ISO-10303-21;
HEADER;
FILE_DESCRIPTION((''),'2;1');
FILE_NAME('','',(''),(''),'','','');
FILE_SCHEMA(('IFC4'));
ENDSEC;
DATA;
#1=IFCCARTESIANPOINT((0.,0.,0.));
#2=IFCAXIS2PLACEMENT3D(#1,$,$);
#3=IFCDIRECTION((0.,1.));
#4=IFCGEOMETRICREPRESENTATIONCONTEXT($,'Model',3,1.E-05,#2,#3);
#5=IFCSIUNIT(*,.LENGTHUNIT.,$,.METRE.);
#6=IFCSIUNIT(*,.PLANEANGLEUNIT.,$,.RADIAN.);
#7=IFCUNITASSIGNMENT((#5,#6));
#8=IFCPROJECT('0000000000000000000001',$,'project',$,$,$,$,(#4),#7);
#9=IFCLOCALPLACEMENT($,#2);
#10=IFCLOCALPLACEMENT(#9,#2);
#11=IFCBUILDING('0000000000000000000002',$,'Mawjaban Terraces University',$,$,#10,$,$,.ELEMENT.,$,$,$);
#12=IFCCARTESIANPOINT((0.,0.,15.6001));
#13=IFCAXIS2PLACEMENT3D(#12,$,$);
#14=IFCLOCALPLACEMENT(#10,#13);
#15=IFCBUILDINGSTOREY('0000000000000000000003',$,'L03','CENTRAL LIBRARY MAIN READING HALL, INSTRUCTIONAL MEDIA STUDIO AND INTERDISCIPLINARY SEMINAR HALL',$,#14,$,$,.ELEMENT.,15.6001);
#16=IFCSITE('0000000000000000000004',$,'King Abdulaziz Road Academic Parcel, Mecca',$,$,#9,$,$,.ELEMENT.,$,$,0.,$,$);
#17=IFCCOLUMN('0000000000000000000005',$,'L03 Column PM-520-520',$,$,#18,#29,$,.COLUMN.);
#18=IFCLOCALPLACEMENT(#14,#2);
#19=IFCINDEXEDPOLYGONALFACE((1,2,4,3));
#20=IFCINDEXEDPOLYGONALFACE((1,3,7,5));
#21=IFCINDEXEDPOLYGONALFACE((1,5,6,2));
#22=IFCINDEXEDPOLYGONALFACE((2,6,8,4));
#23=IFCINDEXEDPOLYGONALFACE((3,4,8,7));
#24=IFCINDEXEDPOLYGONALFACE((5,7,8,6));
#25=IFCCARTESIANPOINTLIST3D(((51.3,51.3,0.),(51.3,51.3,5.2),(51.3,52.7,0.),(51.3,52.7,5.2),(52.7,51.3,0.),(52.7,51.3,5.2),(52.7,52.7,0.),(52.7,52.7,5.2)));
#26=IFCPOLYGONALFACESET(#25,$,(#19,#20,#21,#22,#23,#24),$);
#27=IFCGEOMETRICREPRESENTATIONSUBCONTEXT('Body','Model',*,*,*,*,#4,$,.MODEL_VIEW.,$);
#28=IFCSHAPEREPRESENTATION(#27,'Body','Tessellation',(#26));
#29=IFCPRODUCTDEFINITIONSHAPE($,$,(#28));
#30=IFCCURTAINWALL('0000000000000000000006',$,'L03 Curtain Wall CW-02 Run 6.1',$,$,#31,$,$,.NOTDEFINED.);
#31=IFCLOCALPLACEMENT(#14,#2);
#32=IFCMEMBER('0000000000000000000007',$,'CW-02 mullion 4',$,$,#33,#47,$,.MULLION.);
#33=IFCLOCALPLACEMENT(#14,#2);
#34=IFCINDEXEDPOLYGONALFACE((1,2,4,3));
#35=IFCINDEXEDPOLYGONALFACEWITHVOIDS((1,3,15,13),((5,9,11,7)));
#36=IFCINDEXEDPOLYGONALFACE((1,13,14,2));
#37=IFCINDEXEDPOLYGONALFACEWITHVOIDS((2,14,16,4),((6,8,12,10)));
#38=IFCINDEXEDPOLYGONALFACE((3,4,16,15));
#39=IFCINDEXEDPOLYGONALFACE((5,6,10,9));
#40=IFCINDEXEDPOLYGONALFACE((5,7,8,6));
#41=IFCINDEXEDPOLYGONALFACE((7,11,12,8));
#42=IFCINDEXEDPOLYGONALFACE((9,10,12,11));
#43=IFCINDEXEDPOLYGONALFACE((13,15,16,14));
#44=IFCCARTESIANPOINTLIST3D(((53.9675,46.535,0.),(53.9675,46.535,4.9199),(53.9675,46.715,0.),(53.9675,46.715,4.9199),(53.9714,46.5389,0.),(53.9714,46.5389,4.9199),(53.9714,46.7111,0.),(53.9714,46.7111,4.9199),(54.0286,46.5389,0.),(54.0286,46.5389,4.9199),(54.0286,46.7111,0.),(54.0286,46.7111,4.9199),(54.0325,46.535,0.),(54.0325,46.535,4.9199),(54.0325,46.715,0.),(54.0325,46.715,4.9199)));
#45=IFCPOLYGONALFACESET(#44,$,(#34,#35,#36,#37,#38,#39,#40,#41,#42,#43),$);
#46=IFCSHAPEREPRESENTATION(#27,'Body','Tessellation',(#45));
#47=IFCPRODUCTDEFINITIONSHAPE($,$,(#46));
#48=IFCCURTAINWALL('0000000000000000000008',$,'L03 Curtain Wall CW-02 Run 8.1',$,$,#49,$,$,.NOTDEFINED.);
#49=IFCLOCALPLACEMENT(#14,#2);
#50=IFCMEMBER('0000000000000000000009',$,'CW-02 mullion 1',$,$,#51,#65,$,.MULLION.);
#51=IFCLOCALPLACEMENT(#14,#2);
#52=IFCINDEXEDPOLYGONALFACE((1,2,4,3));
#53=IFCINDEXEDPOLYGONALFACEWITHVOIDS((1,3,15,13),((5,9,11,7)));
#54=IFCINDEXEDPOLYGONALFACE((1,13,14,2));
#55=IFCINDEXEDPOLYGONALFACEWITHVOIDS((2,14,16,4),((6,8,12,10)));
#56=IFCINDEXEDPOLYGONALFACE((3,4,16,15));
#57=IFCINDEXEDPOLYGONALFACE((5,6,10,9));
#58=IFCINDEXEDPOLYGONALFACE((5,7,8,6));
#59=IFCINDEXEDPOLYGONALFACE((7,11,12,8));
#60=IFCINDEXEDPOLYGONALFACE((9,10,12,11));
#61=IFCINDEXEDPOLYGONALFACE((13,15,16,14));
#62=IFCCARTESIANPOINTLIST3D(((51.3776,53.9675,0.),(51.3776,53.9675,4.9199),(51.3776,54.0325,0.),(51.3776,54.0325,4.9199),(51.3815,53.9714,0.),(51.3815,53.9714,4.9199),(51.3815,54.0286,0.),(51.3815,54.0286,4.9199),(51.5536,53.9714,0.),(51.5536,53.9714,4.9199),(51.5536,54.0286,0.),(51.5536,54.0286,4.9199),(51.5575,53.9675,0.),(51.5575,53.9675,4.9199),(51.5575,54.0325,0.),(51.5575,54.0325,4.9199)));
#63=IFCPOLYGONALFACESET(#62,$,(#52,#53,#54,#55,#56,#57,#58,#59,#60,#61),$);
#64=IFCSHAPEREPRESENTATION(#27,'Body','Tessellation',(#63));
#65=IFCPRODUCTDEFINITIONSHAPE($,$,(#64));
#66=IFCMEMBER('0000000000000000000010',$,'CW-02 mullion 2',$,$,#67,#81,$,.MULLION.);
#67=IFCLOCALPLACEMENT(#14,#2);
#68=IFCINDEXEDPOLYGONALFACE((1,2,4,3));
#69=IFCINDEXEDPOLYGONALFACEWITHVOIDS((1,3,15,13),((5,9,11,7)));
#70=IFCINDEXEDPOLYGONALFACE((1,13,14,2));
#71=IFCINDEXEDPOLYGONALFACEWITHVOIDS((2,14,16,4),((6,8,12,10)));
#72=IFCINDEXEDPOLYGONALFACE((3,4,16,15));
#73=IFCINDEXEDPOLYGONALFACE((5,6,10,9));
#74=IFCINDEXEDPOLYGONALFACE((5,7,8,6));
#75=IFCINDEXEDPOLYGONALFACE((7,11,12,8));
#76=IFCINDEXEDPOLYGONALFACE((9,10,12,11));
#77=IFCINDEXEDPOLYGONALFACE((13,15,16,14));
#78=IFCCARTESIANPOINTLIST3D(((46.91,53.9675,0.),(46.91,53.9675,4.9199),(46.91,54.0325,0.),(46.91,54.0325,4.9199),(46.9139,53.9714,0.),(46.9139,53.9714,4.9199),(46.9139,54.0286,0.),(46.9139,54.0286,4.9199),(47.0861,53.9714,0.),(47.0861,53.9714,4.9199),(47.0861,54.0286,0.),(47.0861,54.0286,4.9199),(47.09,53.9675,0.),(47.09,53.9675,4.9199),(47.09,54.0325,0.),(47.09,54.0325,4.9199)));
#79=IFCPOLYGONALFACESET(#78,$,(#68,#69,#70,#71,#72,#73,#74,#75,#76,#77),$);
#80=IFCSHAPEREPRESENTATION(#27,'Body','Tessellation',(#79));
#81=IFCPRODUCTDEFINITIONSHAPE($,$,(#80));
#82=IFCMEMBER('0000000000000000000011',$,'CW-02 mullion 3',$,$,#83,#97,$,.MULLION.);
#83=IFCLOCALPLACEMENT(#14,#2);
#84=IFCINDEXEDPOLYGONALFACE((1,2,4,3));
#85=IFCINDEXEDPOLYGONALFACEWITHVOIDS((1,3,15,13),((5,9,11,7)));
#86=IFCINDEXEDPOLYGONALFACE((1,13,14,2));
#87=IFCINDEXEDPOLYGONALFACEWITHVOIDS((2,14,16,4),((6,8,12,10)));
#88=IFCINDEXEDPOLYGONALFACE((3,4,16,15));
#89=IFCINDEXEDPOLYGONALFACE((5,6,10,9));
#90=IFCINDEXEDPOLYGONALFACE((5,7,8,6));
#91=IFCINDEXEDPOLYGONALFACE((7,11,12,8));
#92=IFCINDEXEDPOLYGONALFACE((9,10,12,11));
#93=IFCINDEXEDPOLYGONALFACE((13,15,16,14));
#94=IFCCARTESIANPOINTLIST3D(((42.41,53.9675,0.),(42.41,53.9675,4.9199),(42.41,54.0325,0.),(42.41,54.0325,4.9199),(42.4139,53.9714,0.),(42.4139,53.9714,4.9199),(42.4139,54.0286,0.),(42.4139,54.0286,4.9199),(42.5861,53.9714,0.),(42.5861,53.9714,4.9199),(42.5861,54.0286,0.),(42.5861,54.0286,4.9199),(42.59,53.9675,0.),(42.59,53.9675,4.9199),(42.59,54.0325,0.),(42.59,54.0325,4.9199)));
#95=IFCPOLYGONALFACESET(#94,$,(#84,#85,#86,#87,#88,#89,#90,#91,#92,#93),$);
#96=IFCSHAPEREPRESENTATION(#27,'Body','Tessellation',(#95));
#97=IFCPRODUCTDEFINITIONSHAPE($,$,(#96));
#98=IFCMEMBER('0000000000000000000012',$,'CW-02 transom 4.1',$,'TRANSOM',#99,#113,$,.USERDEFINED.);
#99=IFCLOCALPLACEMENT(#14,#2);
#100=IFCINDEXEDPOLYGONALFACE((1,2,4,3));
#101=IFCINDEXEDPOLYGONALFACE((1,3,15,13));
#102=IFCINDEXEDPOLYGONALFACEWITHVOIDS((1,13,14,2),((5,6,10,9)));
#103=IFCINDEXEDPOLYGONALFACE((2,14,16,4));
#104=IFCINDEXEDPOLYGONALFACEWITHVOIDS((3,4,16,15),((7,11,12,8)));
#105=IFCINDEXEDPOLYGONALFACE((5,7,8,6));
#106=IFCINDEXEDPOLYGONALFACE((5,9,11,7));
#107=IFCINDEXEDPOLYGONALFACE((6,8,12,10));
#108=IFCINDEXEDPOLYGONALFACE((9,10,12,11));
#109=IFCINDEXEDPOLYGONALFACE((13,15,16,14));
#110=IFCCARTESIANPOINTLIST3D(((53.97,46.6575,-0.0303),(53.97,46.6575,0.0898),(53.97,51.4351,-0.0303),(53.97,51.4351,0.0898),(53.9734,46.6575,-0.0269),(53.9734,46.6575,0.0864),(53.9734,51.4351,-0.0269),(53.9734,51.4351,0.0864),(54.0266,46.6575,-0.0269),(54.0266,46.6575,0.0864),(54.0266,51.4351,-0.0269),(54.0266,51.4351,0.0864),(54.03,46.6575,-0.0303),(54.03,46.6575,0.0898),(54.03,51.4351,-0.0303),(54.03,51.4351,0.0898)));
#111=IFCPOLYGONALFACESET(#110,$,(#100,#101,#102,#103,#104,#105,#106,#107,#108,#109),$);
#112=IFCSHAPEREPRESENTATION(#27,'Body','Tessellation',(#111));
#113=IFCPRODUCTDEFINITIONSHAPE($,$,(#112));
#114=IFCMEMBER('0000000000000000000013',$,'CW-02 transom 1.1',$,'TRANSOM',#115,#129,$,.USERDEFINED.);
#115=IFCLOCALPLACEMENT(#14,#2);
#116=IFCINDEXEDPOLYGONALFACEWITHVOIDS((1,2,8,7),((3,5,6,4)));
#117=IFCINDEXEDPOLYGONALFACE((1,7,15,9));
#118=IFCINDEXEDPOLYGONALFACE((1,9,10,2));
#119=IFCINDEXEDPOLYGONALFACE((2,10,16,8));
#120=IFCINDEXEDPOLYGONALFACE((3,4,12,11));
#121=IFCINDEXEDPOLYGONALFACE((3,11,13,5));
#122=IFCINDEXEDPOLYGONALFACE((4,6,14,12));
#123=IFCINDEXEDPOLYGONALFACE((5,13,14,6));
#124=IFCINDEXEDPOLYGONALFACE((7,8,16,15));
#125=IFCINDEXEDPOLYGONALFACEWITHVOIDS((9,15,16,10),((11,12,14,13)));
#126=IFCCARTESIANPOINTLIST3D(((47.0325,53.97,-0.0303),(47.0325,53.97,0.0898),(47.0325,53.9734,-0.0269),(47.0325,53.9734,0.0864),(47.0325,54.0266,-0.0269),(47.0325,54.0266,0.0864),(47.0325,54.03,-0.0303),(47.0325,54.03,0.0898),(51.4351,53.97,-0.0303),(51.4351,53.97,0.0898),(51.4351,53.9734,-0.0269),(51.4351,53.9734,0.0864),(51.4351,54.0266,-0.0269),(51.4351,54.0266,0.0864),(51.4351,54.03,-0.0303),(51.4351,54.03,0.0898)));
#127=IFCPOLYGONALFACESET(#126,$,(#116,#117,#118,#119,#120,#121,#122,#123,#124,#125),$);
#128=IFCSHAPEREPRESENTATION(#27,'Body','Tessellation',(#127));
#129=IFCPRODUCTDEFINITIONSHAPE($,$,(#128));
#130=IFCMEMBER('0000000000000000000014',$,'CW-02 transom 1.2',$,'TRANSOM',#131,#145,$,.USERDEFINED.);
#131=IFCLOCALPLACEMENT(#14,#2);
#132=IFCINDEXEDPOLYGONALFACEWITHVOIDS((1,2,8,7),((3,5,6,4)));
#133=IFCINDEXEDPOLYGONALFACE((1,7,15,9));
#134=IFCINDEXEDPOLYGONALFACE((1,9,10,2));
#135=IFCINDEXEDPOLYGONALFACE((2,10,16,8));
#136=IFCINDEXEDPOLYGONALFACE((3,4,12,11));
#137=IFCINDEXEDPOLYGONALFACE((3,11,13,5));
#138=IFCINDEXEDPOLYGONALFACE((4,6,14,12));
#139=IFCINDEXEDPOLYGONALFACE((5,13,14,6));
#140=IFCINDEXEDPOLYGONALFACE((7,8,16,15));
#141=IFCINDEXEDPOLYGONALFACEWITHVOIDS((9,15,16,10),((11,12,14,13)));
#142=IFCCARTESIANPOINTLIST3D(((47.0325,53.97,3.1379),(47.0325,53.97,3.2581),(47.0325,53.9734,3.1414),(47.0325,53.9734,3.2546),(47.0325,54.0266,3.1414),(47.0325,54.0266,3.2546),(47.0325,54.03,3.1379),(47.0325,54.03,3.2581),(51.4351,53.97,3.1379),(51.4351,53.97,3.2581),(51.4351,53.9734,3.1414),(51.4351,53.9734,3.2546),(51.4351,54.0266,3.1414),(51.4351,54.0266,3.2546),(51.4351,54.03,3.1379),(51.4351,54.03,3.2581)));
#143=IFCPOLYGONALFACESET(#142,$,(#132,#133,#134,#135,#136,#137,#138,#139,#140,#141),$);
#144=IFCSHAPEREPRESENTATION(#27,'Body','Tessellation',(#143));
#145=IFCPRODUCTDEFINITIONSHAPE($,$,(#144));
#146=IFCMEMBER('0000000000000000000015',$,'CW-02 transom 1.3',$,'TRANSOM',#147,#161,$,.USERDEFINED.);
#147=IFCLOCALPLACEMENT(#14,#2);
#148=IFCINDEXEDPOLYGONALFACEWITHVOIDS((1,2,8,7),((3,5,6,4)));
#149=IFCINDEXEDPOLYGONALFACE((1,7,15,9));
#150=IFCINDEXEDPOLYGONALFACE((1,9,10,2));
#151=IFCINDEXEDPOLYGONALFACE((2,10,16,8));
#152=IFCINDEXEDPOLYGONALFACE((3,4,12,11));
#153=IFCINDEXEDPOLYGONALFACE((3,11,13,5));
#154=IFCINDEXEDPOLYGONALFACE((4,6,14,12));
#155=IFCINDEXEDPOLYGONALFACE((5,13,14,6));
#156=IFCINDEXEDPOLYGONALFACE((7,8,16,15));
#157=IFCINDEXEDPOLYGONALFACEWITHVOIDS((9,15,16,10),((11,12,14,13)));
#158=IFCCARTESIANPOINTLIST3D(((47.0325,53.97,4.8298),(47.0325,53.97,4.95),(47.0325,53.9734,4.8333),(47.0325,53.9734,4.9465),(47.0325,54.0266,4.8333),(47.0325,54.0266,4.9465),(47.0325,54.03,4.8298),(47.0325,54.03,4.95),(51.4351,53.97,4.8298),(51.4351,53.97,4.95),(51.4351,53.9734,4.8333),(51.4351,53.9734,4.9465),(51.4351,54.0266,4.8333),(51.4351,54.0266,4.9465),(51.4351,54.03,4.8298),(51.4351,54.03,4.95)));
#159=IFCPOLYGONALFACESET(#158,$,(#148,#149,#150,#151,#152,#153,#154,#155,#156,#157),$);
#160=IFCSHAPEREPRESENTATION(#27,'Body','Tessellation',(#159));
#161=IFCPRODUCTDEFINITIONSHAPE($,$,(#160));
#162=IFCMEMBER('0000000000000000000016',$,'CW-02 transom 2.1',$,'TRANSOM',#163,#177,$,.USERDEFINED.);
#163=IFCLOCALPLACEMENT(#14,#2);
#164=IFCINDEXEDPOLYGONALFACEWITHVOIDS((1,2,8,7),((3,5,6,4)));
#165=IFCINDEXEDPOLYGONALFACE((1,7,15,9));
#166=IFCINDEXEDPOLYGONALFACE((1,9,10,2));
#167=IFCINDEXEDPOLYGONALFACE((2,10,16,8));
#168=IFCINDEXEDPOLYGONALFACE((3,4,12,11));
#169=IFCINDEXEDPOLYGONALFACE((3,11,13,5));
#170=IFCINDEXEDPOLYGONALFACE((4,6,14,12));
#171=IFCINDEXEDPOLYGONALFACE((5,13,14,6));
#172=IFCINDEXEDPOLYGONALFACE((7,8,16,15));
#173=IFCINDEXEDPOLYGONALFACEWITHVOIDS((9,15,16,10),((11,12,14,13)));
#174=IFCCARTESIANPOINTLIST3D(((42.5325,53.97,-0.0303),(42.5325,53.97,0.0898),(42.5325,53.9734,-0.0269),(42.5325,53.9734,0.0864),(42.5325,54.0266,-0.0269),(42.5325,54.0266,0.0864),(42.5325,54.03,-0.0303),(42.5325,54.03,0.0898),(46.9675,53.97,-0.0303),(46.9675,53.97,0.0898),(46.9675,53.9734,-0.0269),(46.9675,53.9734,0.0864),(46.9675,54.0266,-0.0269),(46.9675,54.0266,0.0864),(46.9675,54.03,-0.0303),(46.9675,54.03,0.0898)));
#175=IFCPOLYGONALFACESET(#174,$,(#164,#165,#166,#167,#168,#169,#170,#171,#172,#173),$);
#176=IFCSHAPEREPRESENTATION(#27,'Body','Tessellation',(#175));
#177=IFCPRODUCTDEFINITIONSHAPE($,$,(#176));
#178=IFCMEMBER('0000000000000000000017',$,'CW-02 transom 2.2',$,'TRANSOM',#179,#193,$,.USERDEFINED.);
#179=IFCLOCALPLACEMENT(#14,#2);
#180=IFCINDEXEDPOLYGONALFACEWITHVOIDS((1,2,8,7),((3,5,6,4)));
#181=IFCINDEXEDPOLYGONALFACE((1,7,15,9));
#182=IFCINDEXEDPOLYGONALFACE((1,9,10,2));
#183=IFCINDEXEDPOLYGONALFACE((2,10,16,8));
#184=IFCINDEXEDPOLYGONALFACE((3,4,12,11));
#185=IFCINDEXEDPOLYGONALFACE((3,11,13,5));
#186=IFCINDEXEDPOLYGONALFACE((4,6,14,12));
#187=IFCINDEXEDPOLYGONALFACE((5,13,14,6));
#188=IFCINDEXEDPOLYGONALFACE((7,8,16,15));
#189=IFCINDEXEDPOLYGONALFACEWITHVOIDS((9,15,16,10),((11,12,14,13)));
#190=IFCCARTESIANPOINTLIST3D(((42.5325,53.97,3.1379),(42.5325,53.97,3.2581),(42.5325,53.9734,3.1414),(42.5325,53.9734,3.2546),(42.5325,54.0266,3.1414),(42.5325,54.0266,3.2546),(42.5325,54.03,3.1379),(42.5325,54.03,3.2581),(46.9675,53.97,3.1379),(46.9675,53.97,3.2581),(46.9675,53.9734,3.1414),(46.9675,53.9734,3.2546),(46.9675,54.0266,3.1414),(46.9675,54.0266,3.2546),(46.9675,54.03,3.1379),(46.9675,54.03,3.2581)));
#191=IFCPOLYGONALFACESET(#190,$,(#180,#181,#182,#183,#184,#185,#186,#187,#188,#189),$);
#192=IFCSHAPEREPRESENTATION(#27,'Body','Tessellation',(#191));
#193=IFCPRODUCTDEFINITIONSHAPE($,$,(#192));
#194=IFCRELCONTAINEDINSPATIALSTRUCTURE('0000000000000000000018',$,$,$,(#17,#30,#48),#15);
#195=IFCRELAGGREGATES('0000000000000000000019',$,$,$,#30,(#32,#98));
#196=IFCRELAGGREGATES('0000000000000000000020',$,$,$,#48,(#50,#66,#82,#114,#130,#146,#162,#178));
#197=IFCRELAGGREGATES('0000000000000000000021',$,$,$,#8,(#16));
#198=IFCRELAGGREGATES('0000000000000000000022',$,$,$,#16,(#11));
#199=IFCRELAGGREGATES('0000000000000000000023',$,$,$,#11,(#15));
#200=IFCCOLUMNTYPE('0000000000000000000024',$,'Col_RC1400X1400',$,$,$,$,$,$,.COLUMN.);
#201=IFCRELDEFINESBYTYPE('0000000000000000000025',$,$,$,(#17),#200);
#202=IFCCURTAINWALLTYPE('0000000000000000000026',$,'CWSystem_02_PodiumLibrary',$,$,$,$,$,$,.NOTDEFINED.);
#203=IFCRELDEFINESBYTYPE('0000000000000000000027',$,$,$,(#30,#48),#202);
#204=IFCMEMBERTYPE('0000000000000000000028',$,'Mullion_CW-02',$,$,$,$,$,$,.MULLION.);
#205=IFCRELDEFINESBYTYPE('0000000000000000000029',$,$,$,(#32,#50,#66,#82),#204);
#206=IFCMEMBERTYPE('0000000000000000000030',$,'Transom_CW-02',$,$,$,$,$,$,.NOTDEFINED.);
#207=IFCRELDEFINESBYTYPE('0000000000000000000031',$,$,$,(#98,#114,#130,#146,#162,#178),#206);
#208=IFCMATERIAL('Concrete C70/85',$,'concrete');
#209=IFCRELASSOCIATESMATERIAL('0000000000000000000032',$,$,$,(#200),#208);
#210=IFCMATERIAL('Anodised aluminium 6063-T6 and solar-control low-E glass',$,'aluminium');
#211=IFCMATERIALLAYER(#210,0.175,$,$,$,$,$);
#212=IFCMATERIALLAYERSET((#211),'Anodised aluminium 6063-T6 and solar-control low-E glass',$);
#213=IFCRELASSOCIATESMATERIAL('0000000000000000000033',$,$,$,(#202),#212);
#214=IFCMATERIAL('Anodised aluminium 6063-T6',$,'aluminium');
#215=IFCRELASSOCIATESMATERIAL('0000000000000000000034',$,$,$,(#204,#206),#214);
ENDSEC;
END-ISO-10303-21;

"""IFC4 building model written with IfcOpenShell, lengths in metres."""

from ifc_helpers import new_model, si_unit, direction, frame, origin, origin_2d, place, context, subcontext, project, spatial, rectangle, hollow_rectangle, extrude, material, layer, layer_set, material_profile, profile_set, type_object, element, aggregate, save


model = new_model("IFC4")

# Units and contexts
model_context = context("Model", 3, precision=1e-05, world=origin(), true_north=direction((0.0, 1.0)))
body_context = subcontext(model_context, "Body", "Model", "MODEL_VIEW")
ifc_project = project(units=[si_unit("LENGTHUNIT", "METRE"), si_unit("PLANEANGLEUNIT", "RADIAN")], contexts=[model_context])

# Site, building, storey
site_placement = place(None, origin())
site = spatial("IfcSite", under=ifc_project, at=site_placement, Name="King Abdulaziz Road Academic Parcel, Mecca", CompositionType="ELEMENT", RefElevation=0.0)
building_placement = place(site_placement, origin())
building = spatial("IfcBuilding", under=site, at=building_placement, Name="Mawjaban Terraces University", CompositionType="ELEMENT")
storey_placement = place(building_placement, frame((0.0, 0.0, 15.6001)))
storey = spatial("IfcBuildingStorey", under=building, at=storey_placement, Name="L03", Description="CENTRAL LIBRARY MAIN READING HALL, INSTRUCTIONAL MEDIA STUDIO AND INTERDISCIPLINARY SEMINAR HALL", CompositionType="ELEMENT", Elevation=15.6001)

# Column
ifc_material_1 = material(Name="Concrete C70/85", Category="concrete")
ifc_material_profile_1 = material_profile(ifc_material_1, rectangle(XDim=1.3999, YDim=1.3999, at=origin_2d()), Name="RC1400X1400")
ifc_profile_set_1 = profile_set([ifc_material_profile_1], Name="Concrete C70/85")
column_type = type_object("IfcColumnType", Name="Col_RC1400X1400", PredefinedType="COLUMN", material=ifc_profile_set_1)
column_placement = place(storey_placement, frame((52.0, 52.0, 0.0), z_axis=(0.0, 0.0, 1.0), x_axis=(1.0, 0.0, 0.0)))
element("IfcColumn", 1, at=column_placement, inside=storey, type_object=column_type, Name="L03 Column PM-520-520", PredefinedType="COLUMN", context=body_context, shape_type="SweptSolid", body=[
    extrude(rectangle(XDim=1.3999, YDim=1.3999, at=origin_2d()), origin(), (0.0, 0.0, 1.0), 5.2),
])

# Curtain wall, member
ifc_material_2 = material(Name="Anodised aluminium 6063-T6 and solar-control low-E glass", Category="aluminium")
ifc_layer_1 = layer(ifc_material_2, 0.175)
ifc_layer_set_1 = layer_set([ifc_layer_1], Name="Anodised aluminium 6063-T6 and solar-control low-E glass")
curtain_wall_type = type_object("IfcCurtainWallType", Name="CWSystem_02_PodiumLibrary", PredefinedType="NOTDEFINED", material=ifc_layer_set_1)
curtain_wall_1_placement = place(storey_placement, origin())
curtain_wall_1 = element("IfcCurtainWall", 2, at=curtain_wall_1_placement, inside=storey, type_object=curtain_wall_type, Name="L03 Curtain Wall CW-02 Run 6.1", PredefinedType="NOTDEFINED")
ifc_material_3 = material(Name="Anodised aluminium 6063-T6", Category="aluminium")
ifc_material_profile_2 = material_profile(ifc_material_3, hollow_rectangle(XDim=0.0649, YDim=0.1799, WallThickness=0.0039, at=origin_2d()), Name="ALU180X65X4")
ifc_profile_set_2 = profile_set([ifc_material_profile_2], Name="Anodised aluminium 6063-T6")
member_type_1 = type_object("IfcMemberType", Name="Mullion_CW-02", PredefinedType="MULLION", material=ifc_profile_set_2)
member_1_placement = place(storey_placement, frame((54.0, 46.625, 0.0), z_axis=(0.0, 0.0, 1.0), x_axis=(-1.0, 0.0, 0.0)))
member_1 = element("IfcMember", 3, at=member_1_placement, type_object=member_type_1, Name="CW-02 mullion 4", PredefinedType="MULLION", context=body_context, shape_type="SweptSolid", body=[
    extrude(hollow_rectangle(XDim=0.0649, YDim=0.1799, WallThickness=0.0039, at=origin_2d()), origin(), (0.0, 0.0, 1.0), 4.9199),
])

# Curtain wall, members
curtain_wall_2_placement = place(storey_placement, origin())
curtain_wall_2 = element("IfcCurtainWall", 4, at=curtain_wall_2_placement, inside=storey, type_object=curtain_wall_type, Name="L03 Curtain Wall CW-02 Run 8.1", PredefinedType="NOTDEFINED")
member_2_placement = place(storey_placement, frame((51.4675, 54.0, 0.0), z_axis=(0.0, 0.0, 1.0), x_axis=(0.0, -1.0, 0.0)))
member_2 = element("IfcMember", 5, at=member_2_placement, type_object=member_type_1, Name="CW-02 mullion 1", PredefinedType="MULLION", context=body_context, shape_type="SweptSolid", body=[
    extrude(hollow_rectangle(XDim=0.0649, YDim=0.1799, WallThickness=0.0039, at=origin_2d()), origin(), (0.0, 0.0, 1.0), 4.9199),
])
member_3_placement = place(storey_placement, frame((47.0, 54.0, 0.0), z_axis=(0.0, 0.0, 1.0), x_axis=(0.0, -1.0, 0.0)))
member_3 = element("IfcMember", 6, at=member_3_placement, type_object=member_type_1, Name="CW-02 mullion 2", PredefinedType="MULLION", context=body_context, shape_type="SweptSolid", body=[
    extrude(hollow_rectangle(XDim=0.0649, YDim=0.1799, WallThickness=0.0039, at=origin_2d()), origin(), (0.0, 0.0, 1.0), 4.9199),
])
member_4_placement = place(storey_placement, frame((42.5, 54.0, 0.0), z_axis=(0.0, 0.0, 1.0), x_axis=(0.0, -1.0, 0.0)))
member_4 = element("IfcMember", 7, at=member_4_placement, type_object=member_type_1, Name="CW-02 mullion 3", PredefinedType="MULLION", context=body_context, shape_type="SweptSolid", body=[
    extrude(hollow_rectangle(XDim=0.0649, YDim=0.1799, WallThickness=0.0039, at=origin_2d()), origin(), (0.0, 0.0, 1.0), 4.9199),
])

# Members
ifc_material_profile_3 = material_profile(ifc_material_3, hollow_rectangle(XDim=0.0601, YDim=0.1201, WallThickness=0.0034, at=origin_2d()), Name="ALU120X60X3.5")
ifc_profile_set_3 = profile_set([ifc_material_profile_3], Name="Anodised aluminium 6063-T6")
member_type_2 = type_object("IfcMemberType", Name="Transom_CW-02", PredefinedType="NOTDEFINED", material=ifc_profile_set_3)
member_5_placement = place(storey_placement, frame((54.0, 46.6575, 0.0298), z_axis=(0.0, 1.0, 0.0), x_axis=(-1.0, 0.0, 0.0)))
member_5 = element("IfcMember", 8, at=member_5_placement, type_object=member_type_2, Name="CW-02 transom 4.1", ObjectType="TRANSOM", PredefinedType="USERDEFINED", context=body_context, shape_type="SweptSolid", body=[
    extrude(hollow_rectangle(XDim=0.0601, YDim=0.1201, WallThickness=0.0034, at=origin_2d()), origin(), (0.0, 0.0, 1.0), 4.7776),
])
member_6_placement = place(storey_placement, frame((51.4351, 54.0, 0.0298), z_axis=(-1.0, 0.0, 0.0), x_axis=(0.0, -1.0, 0.0)))
member_6 = element("IfcMember", 9, at=member_6_placement, type_object=member_type_2, Name="CW-02 transom 1.1", ObjectType="TRANSOM", PredefinedType="USERDEFINED", context=body_context, shape_type="SweptSolid", body=[
    extrude(hollow_rectangle(XDim=0.0601, YDim=0.1201, WallThickness=0.0034, at=origin_2d()), origin(), (0.0, 0.0, 1.0), 4.4026),
])
member_7_placement = place(storey_placement, frame((51.4351, 54.0, 3.198), z_axis=(-1.0, 0.0, 0.0), x_axis=(0.0, -1.0, 0.0)))
member_7 = element("IfcMember", 10, at=member_7_placement, type_object=member_type_2, Name="CW-02 transom 1.2", ObjectType="TRANSOM", PredefinedType="USERDEFINED", context=body_context, shape_type="SweptSolid", body=[
    extrude(hollow_rectangle(XDim=0.0601, YDim=0.1201, WallThickness=0.0034, at=origin_2d()), origin(), (0.0, 0.0, 1.0), 4.4026),
])
member_8_placement = place(storey_placement, frame((51.4351, 54.0, 4.8899), z_axis=(-1.0, 0.0, 0.0), x_axis=(0.0, -1.0, 0.0)))
member_8 = element("IfcMember", 11, at=member_8_placement, type_object=member_type_2, Name="CW-02 transom 1.3", ObjectType="TRANSOM", PredefinedType="USERDEFINED", context=body_context, shape_type="SweptSolid", body=[
    extrude(hollow_rectangle(XDim=0.0601, YDim=0.1201, WallThickness=0.0034, at=origin_2d()), origin(), (0.0, 0.0, 1.0), 4.4026),
])
member_9_placement = place(storey_placement, frame((46.9675, 54.0, 0.0298), z_axis=(-1.0, 0.0, 0.0), x_axis=(0.0, -1.0, 0.0)))
member_9 = element("IfcMember", 12, at=member_9_placement, type_object=member_type_2, Name="CW-02 transom 2.1", ObjectType="TRANSOM", PredefinedType="USERDEFINED", context=body_context, shape_type="SweptSolid", body=[
    extrude(hollow_rectangle(XDim=0.0601, YDim=0.1201, WallThickness=0.0034, at=origin_2d()), origin(), (0.0, 0.0, 1.0), 4.4351),
])
member_10_placement = place(storey_placement, frame((46.9675, 54.0, 3.198), z_axis=(-1.0, 0.0, 0.0), x_axis=(0.0, -1.0, 0.0)))
member_10 = element("IfcMember", 13, at=member_10_placement, type_object=member_type_2, Name="CW-02 transom 2.2", ObjectType="TRANSOM", PredefinedType="USERDEFINED", context=body_context, shape_type="SweptSolid", body=[
    extrude(hollow_rectangle(XDim=0.0601, YDim=0.1201, WallThickness=0.0034, at=origin_2d()), origin(), (0.0, 0.0, 1.0), 4.4351),
])

aggregate(curtain_wall_1, [member_1, member_5])
aggregate(curtain_wall_2, [member_2, member_3, member_4, member_6, member_7, member_8, member_9, member_10])

save(model, "model.ifc")
